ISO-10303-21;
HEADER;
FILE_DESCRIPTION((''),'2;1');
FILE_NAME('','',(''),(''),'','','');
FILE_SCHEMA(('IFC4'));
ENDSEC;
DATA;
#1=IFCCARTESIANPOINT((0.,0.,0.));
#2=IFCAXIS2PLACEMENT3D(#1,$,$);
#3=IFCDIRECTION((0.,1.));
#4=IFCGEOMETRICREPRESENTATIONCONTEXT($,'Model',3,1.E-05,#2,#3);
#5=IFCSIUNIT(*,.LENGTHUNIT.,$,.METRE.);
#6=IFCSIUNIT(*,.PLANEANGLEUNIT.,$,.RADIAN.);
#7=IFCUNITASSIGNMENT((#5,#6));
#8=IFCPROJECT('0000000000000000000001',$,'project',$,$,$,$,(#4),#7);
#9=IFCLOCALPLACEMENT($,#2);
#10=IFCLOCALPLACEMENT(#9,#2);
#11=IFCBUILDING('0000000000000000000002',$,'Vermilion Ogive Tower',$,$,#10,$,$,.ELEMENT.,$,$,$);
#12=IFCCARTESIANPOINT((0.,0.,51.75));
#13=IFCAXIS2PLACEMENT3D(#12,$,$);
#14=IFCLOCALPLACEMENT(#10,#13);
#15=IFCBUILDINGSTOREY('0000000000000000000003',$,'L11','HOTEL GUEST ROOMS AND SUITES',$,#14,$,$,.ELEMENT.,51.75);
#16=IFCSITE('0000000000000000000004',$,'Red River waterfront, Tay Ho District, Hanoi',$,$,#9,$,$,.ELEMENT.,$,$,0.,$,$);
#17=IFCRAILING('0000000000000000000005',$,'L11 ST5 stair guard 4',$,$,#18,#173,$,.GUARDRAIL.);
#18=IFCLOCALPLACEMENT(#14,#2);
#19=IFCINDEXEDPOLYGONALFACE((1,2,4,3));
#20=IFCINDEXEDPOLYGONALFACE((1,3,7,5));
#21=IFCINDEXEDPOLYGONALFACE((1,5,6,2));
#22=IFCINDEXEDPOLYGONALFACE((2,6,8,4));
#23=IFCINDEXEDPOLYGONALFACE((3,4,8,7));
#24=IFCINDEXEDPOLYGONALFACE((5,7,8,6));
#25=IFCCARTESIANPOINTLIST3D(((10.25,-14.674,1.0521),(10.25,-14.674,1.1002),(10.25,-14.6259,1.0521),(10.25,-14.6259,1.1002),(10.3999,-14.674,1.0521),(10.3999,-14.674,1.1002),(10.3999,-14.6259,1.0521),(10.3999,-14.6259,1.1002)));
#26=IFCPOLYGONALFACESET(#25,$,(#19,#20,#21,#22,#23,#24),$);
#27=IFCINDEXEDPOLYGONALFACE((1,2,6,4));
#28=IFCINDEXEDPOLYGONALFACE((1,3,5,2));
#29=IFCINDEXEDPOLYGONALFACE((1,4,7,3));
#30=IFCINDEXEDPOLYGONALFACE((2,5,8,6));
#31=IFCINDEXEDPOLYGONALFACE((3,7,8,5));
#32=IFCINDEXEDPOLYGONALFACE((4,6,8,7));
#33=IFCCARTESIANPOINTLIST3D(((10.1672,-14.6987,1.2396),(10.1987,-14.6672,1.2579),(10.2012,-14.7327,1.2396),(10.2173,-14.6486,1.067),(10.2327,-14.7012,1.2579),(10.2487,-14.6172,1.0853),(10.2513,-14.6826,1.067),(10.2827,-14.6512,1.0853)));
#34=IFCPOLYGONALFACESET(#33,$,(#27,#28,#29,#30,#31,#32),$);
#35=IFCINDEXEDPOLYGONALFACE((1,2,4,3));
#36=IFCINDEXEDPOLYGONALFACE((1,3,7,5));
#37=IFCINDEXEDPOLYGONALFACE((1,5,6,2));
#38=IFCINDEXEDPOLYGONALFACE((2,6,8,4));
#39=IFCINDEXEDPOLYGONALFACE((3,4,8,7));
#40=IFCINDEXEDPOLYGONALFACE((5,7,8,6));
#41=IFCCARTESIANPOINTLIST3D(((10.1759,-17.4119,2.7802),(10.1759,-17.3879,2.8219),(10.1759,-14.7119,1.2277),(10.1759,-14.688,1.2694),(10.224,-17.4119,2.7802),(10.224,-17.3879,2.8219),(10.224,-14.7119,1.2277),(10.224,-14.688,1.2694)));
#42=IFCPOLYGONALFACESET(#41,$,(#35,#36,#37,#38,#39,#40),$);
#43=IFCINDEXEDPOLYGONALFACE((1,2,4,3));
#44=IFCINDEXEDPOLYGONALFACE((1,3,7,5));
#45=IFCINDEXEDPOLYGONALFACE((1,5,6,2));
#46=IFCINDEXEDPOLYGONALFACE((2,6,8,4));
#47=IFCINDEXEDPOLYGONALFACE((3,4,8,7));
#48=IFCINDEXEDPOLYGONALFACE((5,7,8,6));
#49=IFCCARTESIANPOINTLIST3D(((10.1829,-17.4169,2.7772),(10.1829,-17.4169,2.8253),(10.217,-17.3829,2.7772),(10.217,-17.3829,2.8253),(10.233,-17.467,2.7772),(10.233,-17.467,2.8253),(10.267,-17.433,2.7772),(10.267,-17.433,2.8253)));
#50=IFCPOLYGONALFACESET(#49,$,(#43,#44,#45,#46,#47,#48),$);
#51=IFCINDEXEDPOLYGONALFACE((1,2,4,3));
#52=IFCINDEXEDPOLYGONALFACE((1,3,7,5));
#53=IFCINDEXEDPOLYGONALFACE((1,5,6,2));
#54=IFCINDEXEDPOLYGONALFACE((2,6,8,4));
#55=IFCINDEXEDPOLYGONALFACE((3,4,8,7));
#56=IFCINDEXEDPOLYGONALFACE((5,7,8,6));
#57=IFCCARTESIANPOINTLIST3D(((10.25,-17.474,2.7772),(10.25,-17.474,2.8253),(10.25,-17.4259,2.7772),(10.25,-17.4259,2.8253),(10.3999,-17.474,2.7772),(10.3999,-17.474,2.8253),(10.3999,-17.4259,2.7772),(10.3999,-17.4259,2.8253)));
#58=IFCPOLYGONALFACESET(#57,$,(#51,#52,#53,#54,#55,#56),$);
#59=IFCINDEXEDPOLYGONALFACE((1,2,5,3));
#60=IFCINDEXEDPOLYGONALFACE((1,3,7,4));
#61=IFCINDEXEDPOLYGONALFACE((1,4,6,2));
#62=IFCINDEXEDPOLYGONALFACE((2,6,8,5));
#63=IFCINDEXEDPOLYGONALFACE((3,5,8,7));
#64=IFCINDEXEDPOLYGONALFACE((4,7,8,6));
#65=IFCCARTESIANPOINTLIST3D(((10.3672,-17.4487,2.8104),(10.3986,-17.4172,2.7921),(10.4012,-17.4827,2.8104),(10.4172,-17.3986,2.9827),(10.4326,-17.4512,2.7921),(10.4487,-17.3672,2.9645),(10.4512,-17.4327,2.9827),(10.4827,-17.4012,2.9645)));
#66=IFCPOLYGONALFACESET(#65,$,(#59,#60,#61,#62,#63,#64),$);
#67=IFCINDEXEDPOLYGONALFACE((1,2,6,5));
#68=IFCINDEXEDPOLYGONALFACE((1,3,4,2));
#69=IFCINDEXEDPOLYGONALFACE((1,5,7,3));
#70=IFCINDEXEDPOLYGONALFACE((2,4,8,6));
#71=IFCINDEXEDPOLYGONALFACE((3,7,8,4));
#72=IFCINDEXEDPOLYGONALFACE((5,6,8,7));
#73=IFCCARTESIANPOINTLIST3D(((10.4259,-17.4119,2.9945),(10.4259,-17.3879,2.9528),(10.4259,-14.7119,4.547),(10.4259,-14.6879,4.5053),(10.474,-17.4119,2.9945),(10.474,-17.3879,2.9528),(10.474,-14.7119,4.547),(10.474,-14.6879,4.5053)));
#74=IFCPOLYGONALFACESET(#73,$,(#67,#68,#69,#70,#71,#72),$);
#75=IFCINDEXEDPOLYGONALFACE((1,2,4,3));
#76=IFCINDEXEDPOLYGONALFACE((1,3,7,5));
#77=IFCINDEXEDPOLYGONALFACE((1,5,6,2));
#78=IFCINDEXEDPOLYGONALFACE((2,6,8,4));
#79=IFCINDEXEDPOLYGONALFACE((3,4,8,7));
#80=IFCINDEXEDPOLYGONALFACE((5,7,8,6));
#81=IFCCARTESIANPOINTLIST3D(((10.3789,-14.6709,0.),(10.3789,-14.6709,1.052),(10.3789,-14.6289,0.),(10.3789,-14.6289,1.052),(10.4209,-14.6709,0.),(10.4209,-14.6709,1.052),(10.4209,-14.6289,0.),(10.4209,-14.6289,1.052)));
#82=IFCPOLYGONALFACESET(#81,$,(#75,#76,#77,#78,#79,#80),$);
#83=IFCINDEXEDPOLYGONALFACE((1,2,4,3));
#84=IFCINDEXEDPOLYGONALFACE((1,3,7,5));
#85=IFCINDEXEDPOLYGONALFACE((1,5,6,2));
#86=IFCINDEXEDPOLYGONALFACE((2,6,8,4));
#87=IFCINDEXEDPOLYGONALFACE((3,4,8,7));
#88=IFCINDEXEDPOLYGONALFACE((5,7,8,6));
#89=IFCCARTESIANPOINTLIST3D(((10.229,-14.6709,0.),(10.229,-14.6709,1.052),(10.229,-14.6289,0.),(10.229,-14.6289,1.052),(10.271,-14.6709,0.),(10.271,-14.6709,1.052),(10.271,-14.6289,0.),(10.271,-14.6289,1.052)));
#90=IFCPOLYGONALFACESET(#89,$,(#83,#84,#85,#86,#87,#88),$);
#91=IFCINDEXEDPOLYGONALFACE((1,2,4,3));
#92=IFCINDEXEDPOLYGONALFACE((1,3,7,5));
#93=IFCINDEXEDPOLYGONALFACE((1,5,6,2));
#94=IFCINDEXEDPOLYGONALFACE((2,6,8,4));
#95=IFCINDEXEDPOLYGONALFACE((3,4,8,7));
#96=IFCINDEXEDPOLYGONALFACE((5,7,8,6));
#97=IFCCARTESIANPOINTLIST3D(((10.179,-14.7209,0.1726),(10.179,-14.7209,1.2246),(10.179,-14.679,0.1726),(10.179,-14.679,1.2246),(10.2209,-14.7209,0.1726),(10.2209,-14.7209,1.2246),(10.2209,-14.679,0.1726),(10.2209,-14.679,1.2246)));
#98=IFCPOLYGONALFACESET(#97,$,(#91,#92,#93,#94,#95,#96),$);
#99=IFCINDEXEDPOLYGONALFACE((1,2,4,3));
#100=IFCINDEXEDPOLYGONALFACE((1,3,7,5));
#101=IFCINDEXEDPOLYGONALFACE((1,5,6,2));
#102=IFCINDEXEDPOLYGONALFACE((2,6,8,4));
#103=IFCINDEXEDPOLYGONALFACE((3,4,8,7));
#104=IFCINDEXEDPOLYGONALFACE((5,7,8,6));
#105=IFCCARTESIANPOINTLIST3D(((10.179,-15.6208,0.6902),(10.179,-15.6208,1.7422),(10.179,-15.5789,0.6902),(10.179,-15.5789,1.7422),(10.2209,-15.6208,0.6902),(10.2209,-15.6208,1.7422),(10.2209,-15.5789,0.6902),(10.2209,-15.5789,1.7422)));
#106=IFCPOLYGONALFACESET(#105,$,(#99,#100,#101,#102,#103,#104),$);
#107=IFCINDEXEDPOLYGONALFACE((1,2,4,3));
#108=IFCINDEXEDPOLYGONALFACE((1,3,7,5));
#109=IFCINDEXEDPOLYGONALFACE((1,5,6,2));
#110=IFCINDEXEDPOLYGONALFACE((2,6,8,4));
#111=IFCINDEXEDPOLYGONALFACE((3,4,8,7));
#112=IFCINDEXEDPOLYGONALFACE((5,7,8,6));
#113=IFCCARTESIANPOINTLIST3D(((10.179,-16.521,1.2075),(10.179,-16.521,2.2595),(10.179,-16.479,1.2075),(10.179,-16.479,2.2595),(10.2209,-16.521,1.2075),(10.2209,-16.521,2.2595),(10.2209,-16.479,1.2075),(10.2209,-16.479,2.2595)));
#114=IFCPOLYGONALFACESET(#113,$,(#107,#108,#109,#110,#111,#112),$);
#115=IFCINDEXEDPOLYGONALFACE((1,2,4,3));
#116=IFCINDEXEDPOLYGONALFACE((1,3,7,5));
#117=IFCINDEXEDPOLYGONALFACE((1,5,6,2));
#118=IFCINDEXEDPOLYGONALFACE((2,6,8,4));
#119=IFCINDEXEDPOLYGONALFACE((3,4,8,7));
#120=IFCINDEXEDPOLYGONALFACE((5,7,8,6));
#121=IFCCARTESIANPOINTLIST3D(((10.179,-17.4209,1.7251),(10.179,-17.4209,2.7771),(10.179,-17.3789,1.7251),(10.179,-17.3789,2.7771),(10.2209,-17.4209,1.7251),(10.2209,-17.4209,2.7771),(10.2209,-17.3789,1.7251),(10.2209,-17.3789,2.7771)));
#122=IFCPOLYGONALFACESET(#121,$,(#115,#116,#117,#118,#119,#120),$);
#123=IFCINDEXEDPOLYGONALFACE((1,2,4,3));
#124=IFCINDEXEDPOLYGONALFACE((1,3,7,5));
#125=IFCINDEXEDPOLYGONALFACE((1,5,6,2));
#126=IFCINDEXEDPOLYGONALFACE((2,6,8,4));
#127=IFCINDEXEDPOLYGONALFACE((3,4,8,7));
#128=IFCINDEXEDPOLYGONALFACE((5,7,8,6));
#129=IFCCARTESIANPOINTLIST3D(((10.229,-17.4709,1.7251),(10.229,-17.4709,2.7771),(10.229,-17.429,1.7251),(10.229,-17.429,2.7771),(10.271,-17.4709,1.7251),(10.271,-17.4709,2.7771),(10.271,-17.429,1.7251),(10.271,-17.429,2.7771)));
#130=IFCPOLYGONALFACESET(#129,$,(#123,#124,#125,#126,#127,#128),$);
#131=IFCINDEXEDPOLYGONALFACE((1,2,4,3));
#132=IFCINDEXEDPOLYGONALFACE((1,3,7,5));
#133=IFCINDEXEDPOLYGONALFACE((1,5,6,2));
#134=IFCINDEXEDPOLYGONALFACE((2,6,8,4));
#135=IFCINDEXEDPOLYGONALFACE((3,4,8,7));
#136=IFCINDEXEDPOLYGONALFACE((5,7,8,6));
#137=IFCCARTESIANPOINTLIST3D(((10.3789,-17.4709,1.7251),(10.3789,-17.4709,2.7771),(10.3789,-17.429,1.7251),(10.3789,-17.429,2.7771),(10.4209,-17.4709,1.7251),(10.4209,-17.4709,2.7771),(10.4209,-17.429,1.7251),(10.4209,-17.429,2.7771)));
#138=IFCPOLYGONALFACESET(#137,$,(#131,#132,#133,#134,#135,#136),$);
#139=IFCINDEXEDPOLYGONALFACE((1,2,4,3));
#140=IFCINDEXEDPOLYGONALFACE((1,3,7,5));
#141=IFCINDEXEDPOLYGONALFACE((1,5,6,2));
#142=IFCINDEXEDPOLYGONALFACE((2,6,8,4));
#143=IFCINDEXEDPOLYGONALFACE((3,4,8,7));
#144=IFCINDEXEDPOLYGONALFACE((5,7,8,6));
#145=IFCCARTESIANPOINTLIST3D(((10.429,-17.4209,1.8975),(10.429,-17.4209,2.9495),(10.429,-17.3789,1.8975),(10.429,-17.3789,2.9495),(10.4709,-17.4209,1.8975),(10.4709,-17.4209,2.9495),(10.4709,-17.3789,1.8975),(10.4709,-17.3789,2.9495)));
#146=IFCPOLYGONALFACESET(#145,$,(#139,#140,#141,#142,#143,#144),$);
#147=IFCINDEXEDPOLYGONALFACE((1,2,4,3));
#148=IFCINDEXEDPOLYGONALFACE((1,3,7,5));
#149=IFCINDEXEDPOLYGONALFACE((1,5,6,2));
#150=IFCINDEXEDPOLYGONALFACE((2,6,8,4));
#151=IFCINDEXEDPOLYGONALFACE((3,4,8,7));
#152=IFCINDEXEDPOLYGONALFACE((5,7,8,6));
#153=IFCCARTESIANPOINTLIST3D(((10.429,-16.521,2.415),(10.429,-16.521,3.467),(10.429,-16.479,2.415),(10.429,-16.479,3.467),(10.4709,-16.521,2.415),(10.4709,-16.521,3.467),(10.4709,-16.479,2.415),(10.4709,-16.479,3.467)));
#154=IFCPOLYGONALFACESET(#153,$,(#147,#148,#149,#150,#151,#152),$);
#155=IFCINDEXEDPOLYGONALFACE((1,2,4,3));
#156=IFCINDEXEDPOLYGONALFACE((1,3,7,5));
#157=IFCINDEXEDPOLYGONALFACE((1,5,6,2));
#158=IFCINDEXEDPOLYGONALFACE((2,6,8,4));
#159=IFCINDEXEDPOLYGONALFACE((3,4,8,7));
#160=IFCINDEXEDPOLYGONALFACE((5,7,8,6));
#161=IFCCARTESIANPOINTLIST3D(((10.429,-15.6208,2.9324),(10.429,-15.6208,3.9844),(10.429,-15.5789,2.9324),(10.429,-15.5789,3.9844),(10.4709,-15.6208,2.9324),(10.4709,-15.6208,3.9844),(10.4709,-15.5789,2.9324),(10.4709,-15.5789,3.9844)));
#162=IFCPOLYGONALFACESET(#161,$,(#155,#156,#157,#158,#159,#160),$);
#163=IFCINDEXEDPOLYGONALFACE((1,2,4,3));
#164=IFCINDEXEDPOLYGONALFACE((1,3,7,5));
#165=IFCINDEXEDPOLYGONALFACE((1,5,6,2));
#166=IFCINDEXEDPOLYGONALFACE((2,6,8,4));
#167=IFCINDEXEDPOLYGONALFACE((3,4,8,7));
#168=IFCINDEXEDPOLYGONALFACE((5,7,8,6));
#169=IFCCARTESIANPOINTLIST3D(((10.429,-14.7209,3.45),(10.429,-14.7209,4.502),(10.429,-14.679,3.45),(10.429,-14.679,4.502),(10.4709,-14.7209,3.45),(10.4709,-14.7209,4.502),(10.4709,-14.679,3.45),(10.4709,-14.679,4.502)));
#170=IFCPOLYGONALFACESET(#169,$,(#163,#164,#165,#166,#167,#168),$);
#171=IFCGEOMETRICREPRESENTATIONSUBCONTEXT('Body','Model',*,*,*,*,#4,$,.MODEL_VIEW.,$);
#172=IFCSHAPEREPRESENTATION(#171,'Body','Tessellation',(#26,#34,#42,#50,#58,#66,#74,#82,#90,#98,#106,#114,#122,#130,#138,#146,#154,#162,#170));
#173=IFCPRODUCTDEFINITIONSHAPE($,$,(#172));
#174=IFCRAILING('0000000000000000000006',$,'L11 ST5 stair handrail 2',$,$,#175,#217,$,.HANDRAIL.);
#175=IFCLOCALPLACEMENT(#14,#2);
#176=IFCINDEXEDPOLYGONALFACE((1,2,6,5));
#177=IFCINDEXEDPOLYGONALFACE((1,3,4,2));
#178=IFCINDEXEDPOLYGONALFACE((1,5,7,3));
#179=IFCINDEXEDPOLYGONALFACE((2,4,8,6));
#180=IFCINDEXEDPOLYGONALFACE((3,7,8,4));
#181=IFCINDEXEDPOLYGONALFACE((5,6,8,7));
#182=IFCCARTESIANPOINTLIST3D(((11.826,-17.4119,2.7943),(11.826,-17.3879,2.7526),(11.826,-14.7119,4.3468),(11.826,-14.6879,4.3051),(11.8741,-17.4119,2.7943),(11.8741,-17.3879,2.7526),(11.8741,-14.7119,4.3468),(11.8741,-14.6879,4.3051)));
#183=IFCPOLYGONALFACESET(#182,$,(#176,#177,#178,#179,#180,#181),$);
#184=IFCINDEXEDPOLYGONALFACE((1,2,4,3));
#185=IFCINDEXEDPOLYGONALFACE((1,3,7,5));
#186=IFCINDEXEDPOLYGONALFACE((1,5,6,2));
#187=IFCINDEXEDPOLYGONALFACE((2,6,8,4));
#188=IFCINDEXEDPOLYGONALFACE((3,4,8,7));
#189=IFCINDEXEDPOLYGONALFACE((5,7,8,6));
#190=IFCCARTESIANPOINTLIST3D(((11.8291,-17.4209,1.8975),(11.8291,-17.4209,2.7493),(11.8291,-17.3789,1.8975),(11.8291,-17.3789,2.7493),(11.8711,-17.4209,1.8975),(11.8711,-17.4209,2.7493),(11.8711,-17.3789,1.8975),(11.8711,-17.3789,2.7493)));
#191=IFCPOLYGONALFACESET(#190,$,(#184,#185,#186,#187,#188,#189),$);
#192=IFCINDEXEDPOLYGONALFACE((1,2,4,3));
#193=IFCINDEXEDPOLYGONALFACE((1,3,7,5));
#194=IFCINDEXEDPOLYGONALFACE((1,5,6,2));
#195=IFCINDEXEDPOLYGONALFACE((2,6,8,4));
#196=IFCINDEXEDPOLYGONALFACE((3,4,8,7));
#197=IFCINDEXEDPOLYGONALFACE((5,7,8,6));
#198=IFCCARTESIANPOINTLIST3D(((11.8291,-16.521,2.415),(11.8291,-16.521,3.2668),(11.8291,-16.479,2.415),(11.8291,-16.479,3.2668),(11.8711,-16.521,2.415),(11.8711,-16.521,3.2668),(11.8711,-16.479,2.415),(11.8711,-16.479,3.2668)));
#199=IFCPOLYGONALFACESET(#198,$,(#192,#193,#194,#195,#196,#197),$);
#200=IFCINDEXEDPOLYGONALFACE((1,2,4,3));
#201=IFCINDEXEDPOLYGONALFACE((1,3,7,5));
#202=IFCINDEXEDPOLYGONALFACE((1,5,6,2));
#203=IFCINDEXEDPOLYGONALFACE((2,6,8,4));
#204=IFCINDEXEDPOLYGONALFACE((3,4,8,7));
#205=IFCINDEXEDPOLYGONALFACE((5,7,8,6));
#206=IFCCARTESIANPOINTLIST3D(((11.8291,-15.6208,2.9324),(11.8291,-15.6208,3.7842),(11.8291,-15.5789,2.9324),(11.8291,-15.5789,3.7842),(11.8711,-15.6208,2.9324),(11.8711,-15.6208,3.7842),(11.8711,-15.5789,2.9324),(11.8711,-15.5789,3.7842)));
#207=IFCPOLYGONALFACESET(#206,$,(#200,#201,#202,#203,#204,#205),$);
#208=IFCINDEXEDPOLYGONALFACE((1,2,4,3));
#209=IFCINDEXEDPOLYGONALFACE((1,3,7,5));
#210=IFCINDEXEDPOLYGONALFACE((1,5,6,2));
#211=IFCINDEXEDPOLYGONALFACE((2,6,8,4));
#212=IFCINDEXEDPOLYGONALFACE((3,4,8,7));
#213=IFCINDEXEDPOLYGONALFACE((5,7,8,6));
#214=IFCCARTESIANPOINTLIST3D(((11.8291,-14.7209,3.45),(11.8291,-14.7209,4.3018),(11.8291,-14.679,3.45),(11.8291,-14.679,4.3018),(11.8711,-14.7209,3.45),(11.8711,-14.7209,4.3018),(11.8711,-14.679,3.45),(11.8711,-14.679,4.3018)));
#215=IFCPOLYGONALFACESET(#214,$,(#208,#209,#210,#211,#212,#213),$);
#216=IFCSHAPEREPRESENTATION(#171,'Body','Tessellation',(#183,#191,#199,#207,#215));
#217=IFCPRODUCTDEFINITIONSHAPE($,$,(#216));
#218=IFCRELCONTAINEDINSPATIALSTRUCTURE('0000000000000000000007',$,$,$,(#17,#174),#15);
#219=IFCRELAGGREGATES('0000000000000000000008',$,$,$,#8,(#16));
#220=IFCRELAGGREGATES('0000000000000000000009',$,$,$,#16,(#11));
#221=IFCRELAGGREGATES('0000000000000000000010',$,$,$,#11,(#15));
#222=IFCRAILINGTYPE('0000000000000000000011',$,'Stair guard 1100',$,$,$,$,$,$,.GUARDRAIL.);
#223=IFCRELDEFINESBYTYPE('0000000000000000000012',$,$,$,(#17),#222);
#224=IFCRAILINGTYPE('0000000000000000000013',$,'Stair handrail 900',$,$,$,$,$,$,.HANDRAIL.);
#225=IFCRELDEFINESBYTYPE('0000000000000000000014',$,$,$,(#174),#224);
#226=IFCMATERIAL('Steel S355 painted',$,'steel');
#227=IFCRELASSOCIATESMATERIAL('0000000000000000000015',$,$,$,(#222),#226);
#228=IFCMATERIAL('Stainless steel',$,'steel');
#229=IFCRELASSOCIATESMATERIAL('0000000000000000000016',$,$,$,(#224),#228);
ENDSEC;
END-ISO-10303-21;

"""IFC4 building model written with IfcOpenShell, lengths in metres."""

from ifc_helpers import new_model, si_unit, direction, frame, origin, origin_2d, place, context, subcontext, project, spatial, rectangle, extrude, material, type_object, element, save


model = new_model("IFC4")

# Units and contexts
model_context = context("Model", 3, precision=1e-05, world=origin(), true_north=direction((0.0, 1.0)))
body_context = subcontext(model_context, "Body", "Model", "MODEL_VIEW")
ifc_project = project(units=[si_unit("LENGTHUNIT", "METRE"), si_unit("PLANEANGLEUNIT", "RADIAN")], contexts=[model_context])

# Site, building, storey
site_placement = place(None, origin())
site = spatial("IfcSite", under=ifc_project, at=site_placement, Name="Red River waterfront, Tay Ho District, Hanoi", CompositionType="ELEMENT", RefElevation=0.0)
building_placement = place(site_placement, origin())
building = spatial("IfcBuilding", under=site, at=building_placement, Name="Vermilion Ogive Tower", CompositionType="ELEMENT")
storey_placement = place(building_placement, frame((0.0, 0.0, 51.75)))
storey = spatial("IfcBuildingStorey", under=building, at=storey_placement, Name="L11", Description="HOTEL GUEST ROOMS AND SUITES", CompositionType="ELEMENT", Elevation=51.75)

# Railings
ifc_material_1 = material(Name="Steel S355 painted", Category="steel")
railing_type_1 = type_object("IfcRailingType", Name="Stair guard 1100", PredefinedType="GUARDRAIL", material=ifc_material_1)
railing_1_placement = place(storey_placement, frame((10.3999, -14.6499, 0.0)))
element("IfcRailing", 1, at=railing_1_placement, inside=storey, type_object=railing_type_1, Name="L11 ST5 stair guard 4", PredefinedType="GUARDRAIL", context=body_context, shape_type="SweptSolid", body=[
    extrude(rectangle(XDim=0.0481, YDim=0.0481, at=origin_2d()), frame((0.0, 0.0, 1.0762), z_axis=(-1.0, 0.0, 0.0), x_axis=(0.0, -1.0, 0.0)), (0.0, 0.0, 1.0), 0.1499),
    extrude(rectangle(XDim=0.0481, YDim=0.0481, at=origin_2d()), frame((-0.1499, 0.0, 1.0762), z_axis=(-0.268278, -0.268278, 0.925232), x_axis=(0.707107, -0.707107, 0.0)), (0.0, 0.0, 1.0), 0.1865),
    extrude(rectangle(XDim=0.0481, YDim=0.0481, at=origin_2d()), frame((-0.2, -0.05, 1.2485), z_axis=(0.0, -0.866904, 0.498476), x_axis=(1.0, 0.0, 0.0)), (0.0, 0.0, 1.0), 3.1145),
    extrude(rectangle(XDim=0.0481, YDim=0.0481, at=origin_2d()), frame((-0.2, -2.75, 2.8013), z_axis=(0.707107, -0.707107, 0.0), x_axis=(0.707107, 0.707107, 0.0)), (0.0, 0.0, 1.0), 0.0708),
    extrude(rectangle(XDim=0.0481, YDim=0.0481, at=origin_2d()), frame((-0.1499, -2.8, 2.8013), z_axis=(1.0, 0.0, 0.0), x_axis=(0.0, 1.0, 0.0)), (0.0, 0.0, 1.0), 0.1499),
    extrude(rectangle(XDim=0.0481, YDim=0.0481, at=origin_2d()), frame((0.0, -2.8, 2.8013), z_axis=(0.268603, 0.268603, 0.925043), x_axis=(-0.707107, 0.707107, 0.0)), (0.0, 0.0, 1.0), 0.1863),
    extrude(rectangle(XDim=0.0481, YDim=0.0481, at=origin_2d()), frame((0.05, -2.75, 2.9736), z_axis=(0.0, 0.866904, 0.498476), x_axis=(-1.0, 0.0, 0.0)), (0.0, 0.0, 1.0), 3.1145),
    extrude(rectangle(XDim=0.042, YDim=0.042, at=origin_2d()), origin(), (0.0, 0.0, 1.0), 1.052),
    extrude(rectangle(XDim=0.042, YDim=0.042, at=origin_2d()), frame((-0.1499, 0.0, 0.0)), (0.0, 0.0, 1.0), 1.052),
    extrude(rectangle(XDim=0.042, YDim=0.042, at=origin_2d()), frame((-0.2, -0.05, 0.1726)), (0.0, 0.0, 1.0), 1.052),
    extrude(rectangle(XDim=0.042, YDim=0.042, at=origin_2d()), frame((-0.2, -0.95, 0.6902)), (0.0, 0.0, 1.0), 1.052),
    extrude(rectangle(XDim=0.042, YDim=0.042, at=origin_2d()), frame((-0.2, -1.8501, 1.2075)), (0.0, 0.0, 1.0), 1.052),
    extrude(rectangle(XDim=0.042, YDim=0.042, at=origin_2d()), frame((-0.2, -2.75, 1.7251)), (0.0, 0.0, 1.0), 1.052),
    extrude(rectangle(XDim=0.042, YDim=0.042, at=origin_2d()), frame((-0.1499, -2.8, 1.7251)), (0.0, 0.0, 1.0), 1.052),
    extrude(rectangle(XDim=0.042, YDim=0.042, at=origin_2d()), frame((0.0, -2.8, 1.7251)), (0.0, 0.0, 1.0), 1.052),
    extrude(rectangle(XDim=0.042, YDim=0.042, at=origin_2d()), frame((0.05, -2.75, 1.8975)), (0.0, 0.0, 1.0), 1.052),
    extrude(rectangle(XDim=0.042, YDim=0.042, at=origin_2d()), frame((0.05, -1.8501, 2.415)), (0.0, 0.0, 1.0), 1.052),
    extrude(rectangle(XDim=0.042, YDim=0.042, at=origin_2d()), frame((0.05, -0.95, 2.9324)), (0.0, 0.0, 1.0), 1.052),
    extrude(rectangle(XDim=0.042, YDim=0.042, at=origin_2d()), frame((0.05, -0.05, 3.45)), (0.0, 0.0, 1.0), 1.052),
])
ifc_material_2 = material(Name="Stainless steel", Category="steel")
railing_type_2 = type_object("IfcRailingType", Name="Stair handrail 900", PredefinedType="HANDRAIL", material=ifc_material_2)
railing_2_placement = place(storey_placement, frame((11.8501, -17.3999, 1.8975)))
element("IfcRailing", 2, at=railing_2_placement, inside=storey, type_object=railing_type_2, Name="L11 ST5 stair handrail 2", PredefinedType="HANDRAIL", context=body_context, shape_type="SweptSolid", body=[
    extrude(rectangle(XDim=0.0481, YDim=0.0481, at=origin_2d()), frame((0.0, 0.0, 0.876), z_axis=(0.0, 0.866904, 0.498476), x_axis=(-1.0, 0.0, 0.0)), (0.0, 0.0, 1.0), 3.1145),
    extrude(rectangle(XDim=0.042, YDim=0.042, at=origin_2d()), origin(), (0.0, 0.0, 1.0), 0.8518),
    extrude(rectangle(XDim=0.042, YDim=0.042, at=origin_2d()), frame((0.0, 0.8999, 0.5176)), (0.0, 0.0, 1.0), 0.8518),
    extrude(rectangle(XDim=0.042, YDim=0.042, at=origin_2d()), frame((0.0, 1.8, 1.0349)), (0.0, 0.0, 1.0), 0.8518),
    extrude(rectangle(XDim=0.042, YDim=0.042, at=origin_2d()), frame((0.0, 2.7, 1.5525)), (0.0, 0.0, 1.0), 0.8518),
])

save(model, "model.ifc")
